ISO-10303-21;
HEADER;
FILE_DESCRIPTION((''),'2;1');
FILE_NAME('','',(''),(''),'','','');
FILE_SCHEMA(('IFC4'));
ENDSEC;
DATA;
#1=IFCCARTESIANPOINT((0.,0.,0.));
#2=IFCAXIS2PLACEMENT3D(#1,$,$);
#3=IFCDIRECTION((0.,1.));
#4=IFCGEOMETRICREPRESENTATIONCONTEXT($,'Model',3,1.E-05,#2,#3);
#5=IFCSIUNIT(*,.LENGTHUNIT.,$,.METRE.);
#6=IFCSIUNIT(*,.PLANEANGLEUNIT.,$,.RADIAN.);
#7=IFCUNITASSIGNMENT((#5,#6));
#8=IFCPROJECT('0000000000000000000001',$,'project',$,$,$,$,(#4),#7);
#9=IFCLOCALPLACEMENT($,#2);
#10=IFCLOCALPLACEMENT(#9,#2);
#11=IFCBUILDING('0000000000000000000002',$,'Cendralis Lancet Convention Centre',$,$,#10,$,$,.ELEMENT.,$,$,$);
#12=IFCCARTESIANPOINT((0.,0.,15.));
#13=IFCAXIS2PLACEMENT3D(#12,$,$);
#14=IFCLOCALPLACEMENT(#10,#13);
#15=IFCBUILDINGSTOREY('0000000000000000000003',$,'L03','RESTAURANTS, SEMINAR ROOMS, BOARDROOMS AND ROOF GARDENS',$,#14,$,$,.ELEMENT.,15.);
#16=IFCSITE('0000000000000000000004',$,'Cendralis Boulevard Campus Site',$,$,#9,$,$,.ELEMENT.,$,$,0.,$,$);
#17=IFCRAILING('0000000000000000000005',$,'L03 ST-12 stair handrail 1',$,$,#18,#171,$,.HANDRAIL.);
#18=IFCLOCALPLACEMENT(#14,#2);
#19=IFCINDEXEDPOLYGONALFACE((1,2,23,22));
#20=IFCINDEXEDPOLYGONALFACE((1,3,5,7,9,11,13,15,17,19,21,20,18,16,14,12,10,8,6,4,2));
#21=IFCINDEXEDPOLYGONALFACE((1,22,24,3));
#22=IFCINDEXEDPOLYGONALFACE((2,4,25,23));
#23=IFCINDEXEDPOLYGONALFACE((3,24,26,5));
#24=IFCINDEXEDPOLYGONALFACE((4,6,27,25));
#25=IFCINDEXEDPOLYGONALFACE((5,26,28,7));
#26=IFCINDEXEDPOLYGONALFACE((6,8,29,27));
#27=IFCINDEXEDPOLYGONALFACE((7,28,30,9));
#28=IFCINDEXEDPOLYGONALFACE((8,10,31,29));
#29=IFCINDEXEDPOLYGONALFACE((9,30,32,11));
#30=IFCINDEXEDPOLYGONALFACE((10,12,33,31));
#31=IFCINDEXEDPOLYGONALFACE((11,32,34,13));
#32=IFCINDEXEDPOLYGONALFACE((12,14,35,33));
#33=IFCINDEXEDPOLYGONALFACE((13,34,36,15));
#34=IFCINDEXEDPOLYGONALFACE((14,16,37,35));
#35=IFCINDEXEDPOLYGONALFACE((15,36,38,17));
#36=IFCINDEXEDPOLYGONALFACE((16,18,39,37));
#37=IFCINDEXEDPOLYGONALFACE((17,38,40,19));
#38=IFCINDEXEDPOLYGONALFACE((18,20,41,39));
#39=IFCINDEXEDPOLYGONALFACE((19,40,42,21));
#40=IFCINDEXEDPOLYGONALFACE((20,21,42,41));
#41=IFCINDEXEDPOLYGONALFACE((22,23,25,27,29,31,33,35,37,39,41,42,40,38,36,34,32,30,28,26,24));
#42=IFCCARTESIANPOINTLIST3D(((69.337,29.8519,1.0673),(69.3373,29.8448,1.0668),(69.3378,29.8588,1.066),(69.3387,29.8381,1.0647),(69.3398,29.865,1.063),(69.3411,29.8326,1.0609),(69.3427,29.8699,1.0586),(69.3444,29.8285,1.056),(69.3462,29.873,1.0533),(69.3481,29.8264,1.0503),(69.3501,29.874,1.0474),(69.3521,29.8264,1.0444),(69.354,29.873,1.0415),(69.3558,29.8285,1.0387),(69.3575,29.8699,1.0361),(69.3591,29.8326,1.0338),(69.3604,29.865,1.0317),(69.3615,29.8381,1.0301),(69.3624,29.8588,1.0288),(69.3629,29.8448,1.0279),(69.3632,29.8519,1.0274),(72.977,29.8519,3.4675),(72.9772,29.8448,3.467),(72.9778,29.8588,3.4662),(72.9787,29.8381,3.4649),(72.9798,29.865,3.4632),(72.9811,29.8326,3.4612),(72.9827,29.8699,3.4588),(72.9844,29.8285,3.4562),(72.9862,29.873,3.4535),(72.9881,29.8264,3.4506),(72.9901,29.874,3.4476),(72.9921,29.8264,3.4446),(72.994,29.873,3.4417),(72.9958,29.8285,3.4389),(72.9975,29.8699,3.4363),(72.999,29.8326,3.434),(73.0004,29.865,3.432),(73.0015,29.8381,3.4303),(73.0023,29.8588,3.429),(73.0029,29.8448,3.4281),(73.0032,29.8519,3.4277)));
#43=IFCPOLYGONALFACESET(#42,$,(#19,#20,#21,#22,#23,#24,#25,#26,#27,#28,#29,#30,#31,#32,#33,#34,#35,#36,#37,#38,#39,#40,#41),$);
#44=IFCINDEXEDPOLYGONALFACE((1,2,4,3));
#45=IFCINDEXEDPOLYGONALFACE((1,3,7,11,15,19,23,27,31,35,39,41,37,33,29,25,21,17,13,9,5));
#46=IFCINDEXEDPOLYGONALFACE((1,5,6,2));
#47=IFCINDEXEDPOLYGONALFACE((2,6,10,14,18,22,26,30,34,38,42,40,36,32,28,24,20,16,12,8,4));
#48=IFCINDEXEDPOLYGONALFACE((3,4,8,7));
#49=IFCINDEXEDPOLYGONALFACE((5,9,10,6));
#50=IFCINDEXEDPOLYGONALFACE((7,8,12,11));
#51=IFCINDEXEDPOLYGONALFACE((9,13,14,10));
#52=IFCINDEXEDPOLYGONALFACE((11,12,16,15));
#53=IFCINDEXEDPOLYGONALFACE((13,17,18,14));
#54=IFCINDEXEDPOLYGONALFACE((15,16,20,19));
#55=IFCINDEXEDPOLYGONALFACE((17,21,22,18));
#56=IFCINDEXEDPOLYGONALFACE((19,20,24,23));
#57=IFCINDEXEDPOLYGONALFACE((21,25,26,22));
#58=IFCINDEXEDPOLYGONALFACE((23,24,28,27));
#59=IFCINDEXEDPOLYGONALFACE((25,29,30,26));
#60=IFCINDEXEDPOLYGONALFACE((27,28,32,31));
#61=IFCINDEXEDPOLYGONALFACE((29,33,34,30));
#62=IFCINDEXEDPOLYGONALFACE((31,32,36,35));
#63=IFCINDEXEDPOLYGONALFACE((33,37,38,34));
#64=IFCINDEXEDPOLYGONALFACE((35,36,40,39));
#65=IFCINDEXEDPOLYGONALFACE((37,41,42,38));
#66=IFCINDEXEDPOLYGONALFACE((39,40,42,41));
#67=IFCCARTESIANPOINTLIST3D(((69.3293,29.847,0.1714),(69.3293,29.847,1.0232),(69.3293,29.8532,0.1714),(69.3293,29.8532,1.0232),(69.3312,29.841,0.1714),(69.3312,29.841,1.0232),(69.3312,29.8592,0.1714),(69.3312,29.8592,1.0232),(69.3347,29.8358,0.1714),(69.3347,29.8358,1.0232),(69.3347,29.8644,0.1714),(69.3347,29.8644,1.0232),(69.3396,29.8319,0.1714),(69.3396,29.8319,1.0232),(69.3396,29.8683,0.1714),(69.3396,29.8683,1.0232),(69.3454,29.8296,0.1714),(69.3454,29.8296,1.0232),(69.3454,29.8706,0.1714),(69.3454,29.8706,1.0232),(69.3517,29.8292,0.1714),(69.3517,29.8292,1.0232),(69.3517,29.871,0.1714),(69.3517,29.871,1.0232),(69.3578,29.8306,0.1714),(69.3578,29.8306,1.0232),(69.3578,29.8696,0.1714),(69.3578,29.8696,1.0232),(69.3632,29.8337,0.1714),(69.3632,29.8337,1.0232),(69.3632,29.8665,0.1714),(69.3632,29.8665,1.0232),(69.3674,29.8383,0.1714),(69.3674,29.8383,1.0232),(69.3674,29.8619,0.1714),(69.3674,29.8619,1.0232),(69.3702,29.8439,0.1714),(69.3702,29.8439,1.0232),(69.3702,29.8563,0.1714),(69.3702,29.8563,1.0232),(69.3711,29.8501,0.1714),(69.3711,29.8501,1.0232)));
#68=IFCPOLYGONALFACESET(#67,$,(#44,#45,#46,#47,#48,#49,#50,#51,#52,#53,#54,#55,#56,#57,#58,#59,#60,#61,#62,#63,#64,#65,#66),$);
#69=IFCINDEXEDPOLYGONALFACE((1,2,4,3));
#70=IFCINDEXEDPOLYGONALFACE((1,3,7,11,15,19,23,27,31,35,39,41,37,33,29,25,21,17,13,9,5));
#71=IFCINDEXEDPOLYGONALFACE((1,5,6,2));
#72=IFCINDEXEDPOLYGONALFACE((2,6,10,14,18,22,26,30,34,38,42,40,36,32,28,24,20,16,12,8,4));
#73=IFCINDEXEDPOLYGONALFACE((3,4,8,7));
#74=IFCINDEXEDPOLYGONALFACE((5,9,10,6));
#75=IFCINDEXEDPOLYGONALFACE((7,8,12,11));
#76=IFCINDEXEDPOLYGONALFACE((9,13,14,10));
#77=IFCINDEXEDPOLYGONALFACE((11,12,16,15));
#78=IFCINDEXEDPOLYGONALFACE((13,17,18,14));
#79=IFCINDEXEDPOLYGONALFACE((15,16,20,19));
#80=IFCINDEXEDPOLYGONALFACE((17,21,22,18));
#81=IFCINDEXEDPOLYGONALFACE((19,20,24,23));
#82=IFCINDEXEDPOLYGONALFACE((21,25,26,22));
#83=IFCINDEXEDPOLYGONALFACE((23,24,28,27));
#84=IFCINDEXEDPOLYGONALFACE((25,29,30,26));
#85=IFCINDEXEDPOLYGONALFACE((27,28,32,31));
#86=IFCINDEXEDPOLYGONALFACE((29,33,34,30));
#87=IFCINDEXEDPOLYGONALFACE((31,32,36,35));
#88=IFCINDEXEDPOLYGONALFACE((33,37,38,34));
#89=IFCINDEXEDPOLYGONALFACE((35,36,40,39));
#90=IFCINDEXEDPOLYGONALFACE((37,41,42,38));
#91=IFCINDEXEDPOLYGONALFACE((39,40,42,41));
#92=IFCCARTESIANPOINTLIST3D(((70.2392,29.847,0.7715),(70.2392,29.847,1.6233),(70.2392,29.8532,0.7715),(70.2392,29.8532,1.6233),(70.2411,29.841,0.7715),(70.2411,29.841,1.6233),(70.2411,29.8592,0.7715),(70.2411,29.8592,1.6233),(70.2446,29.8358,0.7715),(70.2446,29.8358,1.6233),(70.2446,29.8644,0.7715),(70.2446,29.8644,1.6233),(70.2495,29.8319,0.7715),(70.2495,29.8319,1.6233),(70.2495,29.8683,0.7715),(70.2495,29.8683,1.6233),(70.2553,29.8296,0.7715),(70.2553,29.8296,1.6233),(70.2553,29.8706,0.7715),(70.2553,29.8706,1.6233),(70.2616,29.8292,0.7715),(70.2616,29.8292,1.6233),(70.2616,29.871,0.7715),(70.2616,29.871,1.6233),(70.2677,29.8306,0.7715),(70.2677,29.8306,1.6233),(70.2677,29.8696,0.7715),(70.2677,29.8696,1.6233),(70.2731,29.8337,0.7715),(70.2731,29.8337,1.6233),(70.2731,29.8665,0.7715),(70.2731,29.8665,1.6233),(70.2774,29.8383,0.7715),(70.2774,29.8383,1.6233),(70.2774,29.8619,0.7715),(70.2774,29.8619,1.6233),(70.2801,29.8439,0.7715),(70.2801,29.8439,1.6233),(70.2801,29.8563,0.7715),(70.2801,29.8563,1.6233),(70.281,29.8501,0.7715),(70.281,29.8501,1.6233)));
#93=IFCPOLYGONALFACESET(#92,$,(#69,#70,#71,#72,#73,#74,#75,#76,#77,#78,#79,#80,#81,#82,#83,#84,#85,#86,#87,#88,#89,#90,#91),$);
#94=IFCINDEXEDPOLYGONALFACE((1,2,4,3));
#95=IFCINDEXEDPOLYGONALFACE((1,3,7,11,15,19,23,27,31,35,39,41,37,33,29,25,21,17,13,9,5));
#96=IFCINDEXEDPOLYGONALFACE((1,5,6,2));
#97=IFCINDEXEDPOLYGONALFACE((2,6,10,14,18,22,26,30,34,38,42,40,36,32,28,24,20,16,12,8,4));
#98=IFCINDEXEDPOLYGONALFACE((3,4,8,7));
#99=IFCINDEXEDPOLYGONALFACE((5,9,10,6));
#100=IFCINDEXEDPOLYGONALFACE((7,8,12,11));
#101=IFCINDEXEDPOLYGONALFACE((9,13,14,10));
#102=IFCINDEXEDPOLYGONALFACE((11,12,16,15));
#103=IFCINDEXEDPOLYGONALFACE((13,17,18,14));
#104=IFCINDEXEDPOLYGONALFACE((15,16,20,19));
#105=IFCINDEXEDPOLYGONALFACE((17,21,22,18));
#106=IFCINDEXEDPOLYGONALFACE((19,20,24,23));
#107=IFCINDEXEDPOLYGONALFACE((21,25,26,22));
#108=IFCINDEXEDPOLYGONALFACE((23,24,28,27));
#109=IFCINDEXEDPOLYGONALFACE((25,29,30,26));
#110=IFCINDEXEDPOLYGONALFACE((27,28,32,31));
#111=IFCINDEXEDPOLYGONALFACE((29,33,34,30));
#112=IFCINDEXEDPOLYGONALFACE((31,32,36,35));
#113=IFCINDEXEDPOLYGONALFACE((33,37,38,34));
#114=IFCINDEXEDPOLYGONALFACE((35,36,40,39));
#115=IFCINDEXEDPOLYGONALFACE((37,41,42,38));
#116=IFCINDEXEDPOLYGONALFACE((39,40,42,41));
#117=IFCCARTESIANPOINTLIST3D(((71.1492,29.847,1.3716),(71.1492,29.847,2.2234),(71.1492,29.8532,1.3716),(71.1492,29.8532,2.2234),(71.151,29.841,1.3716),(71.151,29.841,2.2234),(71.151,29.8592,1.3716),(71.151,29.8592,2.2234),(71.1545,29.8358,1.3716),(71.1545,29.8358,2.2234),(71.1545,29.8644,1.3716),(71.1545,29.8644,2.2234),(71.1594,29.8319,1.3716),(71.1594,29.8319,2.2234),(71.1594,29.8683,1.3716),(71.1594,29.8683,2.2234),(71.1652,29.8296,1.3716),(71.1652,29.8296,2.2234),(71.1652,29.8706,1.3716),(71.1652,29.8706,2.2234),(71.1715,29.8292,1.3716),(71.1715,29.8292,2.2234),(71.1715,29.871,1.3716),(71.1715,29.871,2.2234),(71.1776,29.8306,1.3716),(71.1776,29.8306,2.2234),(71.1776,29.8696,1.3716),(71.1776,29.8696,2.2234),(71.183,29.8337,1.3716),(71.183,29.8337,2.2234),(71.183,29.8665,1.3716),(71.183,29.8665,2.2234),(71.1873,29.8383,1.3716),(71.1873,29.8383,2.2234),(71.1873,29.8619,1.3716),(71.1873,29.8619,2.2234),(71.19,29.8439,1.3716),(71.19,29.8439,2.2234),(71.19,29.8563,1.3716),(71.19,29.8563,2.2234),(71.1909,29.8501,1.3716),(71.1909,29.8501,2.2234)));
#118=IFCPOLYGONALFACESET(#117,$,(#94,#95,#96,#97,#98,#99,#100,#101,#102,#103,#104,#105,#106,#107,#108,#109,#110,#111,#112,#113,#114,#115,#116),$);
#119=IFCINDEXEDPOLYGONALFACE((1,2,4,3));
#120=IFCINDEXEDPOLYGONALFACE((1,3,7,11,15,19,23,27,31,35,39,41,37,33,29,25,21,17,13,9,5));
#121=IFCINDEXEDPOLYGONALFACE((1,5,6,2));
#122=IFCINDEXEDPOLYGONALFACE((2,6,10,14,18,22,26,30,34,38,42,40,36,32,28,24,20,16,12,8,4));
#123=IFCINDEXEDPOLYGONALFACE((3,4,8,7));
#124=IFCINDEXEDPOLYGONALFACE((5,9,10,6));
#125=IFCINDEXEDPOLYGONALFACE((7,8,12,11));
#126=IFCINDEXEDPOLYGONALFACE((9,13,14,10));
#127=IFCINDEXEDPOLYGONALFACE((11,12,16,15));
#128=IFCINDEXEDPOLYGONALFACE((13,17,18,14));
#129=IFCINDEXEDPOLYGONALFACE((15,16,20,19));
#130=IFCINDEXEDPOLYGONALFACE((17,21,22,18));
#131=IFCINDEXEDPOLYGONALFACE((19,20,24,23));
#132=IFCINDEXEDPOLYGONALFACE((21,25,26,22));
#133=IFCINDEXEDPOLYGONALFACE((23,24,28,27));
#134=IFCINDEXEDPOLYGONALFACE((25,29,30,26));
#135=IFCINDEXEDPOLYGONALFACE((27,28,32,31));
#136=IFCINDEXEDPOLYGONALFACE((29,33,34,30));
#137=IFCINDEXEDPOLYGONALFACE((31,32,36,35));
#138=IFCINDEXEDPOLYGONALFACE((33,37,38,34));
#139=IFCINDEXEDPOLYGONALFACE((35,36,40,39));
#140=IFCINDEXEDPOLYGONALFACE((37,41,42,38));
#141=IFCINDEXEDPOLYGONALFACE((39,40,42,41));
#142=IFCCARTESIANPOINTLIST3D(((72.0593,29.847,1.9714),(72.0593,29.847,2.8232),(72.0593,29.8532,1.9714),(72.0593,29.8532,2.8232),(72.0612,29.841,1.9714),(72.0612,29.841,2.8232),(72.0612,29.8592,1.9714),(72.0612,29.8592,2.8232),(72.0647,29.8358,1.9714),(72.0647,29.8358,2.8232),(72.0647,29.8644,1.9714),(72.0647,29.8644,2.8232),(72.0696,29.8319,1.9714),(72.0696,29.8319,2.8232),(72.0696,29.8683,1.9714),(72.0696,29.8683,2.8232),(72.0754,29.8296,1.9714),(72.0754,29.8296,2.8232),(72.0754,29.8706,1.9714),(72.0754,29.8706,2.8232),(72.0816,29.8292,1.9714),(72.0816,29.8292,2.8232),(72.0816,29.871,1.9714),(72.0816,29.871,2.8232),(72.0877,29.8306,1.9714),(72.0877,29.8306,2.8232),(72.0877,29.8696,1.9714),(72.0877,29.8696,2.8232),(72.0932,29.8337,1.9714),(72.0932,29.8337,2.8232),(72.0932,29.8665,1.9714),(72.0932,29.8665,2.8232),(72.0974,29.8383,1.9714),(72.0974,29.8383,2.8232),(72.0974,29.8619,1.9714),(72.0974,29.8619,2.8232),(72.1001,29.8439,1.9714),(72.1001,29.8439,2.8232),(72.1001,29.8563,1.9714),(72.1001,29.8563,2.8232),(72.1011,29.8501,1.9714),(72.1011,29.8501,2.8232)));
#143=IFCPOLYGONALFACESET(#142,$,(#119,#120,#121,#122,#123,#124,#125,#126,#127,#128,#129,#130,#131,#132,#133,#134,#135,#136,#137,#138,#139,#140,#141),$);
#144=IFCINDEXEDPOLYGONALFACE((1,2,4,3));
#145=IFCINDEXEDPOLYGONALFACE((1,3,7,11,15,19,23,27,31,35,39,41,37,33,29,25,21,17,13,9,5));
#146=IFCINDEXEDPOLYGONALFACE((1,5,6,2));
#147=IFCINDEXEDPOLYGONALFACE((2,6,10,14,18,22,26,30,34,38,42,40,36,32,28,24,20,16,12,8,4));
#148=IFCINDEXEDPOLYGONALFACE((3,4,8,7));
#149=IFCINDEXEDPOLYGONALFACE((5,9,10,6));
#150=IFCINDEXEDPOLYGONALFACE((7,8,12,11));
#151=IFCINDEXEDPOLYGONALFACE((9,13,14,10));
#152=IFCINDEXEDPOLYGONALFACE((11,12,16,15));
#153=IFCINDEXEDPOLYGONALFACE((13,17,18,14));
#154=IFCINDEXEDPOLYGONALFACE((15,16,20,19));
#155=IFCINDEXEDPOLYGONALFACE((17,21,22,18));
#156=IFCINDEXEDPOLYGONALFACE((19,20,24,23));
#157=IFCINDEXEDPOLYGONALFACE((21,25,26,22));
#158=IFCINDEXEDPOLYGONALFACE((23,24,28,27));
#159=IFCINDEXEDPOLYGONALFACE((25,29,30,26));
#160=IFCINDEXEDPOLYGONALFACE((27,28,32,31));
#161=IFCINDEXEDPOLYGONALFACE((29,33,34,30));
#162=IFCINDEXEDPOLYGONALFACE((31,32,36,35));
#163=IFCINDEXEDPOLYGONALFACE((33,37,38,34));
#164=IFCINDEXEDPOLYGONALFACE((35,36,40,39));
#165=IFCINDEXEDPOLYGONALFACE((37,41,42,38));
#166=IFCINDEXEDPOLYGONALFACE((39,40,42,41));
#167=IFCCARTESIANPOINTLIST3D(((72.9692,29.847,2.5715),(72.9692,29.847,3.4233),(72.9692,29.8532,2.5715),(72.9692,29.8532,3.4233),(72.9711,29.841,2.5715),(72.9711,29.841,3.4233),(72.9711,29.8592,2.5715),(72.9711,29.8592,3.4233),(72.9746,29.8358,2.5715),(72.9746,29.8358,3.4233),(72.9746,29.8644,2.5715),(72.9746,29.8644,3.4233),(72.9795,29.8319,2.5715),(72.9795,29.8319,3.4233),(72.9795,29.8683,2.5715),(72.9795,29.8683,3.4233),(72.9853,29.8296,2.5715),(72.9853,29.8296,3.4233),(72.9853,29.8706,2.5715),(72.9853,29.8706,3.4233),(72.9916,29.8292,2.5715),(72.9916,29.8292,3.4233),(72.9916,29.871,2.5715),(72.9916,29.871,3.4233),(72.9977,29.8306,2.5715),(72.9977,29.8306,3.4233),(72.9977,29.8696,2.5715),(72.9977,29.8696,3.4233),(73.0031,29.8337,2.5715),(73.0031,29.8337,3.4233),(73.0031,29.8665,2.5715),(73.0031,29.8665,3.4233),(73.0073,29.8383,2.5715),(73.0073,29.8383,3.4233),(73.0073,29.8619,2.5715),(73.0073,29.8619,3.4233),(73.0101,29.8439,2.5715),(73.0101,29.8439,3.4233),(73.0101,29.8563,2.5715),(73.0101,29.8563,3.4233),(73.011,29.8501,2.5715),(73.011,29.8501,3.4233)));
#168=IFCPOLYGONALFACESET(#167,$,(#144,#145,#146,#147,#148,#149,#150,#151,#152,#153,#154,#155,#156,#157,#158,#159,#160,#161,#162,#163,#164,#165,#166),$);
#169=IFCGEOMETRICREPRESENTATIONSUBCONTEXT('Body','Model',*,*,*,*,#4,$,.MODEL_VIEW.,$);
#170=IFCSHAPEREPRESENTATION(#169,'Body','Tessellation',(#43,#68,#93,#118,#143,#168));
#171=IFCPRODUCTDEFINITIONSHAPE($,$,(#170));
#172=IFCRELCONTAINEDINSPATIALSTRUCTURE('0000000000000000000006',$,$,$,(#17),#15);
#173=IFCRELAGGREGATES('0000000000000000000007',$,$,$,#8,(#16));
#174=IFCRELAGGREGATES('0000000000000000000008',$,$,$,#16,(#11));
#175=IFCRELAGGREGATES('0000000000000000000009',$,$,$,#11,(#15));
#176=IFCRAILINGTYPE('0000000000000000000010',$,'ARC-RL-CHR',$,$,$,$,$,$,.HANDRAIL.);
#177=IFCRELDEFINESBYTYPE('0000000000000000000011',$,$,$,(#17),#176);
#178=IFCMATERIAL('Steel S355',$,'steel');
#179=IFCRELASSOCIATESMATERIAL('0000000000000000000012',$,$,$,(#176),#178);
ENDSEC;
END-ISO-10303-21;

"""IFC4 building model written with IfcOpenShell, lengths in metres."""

from ifc_helpers import new_model, si_unit, direction, frame, origin, origin_2d, place, context, subcontext, project, spatial, circle, extrude, material, type_object, element, save


model = new_model("IFC4")

# Units and contexts
model_context = context("Model", 3, precision=1e-05, world=origin(), true_north=direction((0.0, 1.0)))
body_context = subcontext(model_context, "Body", "Model", "MODEL_VIEW")
ifc_project = project(units=[si_unit("LENGTHUNIT", "METRE"), si_unit("PLANEANGLEUNIT", "RADIAN")], contexts=[model_context])

# Site, building, storey
site_placement = place(None, origin())
site = spatial("IfcSite", under=ifc_project, at=site_placement, Name="Cendralis Boulevard Campus Site", CompositionType="ELEMENT", RefElevation=0.0)
building_placement = place(site_placement, origin())
building = spatial("IfcBuilding", under=site, at=building_placement, Name="Cendralis Lancet Convention Centre", CompositionType="ELEMENT")
storey_placement = place(building_placement, frame((0.0, 0.0, 15.0)))
storey = spatial("IfcBuildingStorey", under=building, at=storey_placement, Name="L03", Description="RESTAURANTS, SEMINAR ROOMS, BOARDROOMS AND ROOF GARDENS", CompositionType="ELEMENT", Elevation=15.0)

# Shared definitions
ifc_material_1 = material(Name="Steel S355", Category="steel")

# Railing
railing_type = type_object("IfcRailingType", Name="ARC-RL-CHR", PredefinedType="HANDRAIL", material=ifc_material_1)
railing_placement = place(storey_placement, frame((69.3501, 29.8501, 0.1714)))
element("IfcRailing", 1, at=railing_placement, inside=storey, type_object=railing_type, Name="L03 ST-12 stair handrail 1", PredefinedType="HANDRAIL", context=body_context, shape_type="SweptSolid", body=[
    extrude(circle(Radius=0.0239, at=origin_2d()), frame((0.0, 0.0, 0.876), z_axis=(0.834839, 0.0, 0.550493), x_axis=(0.0, 1.0, 0.0)), (0.0, 0.0, 1.0), 4.3601),
    extrude(circle(Radius=0.021, at=origin_2d()), origin(), (0.0, 0.0, 1.0), 0.8518),
    extrude(circle(Radius=0.021, at=origin_2d()), frame((0.9099, 0.0, 0.6001)), (0.0, 0.0, 1.0), 0.8518),
    extrude(circle(Radius=0.021, at=origin_2d()), frame((1.8198, 0.0, 1.2002)), (0.0, 0.0, 1.0), 0.8518),
    extrude(circle(Radius=0.021, at=origin_2d()), frame((2.73, 0.0, 1.8)), (0.0, 0.0, 1.0), 0.8518),
    extrude(circle(Radius=0.021, at=origin_2d()), frame((3.6399, 0.0, 2.4001)), (0.0, 0.0, 1.0), 0.8518),
])

save(model, "model.ifc")
